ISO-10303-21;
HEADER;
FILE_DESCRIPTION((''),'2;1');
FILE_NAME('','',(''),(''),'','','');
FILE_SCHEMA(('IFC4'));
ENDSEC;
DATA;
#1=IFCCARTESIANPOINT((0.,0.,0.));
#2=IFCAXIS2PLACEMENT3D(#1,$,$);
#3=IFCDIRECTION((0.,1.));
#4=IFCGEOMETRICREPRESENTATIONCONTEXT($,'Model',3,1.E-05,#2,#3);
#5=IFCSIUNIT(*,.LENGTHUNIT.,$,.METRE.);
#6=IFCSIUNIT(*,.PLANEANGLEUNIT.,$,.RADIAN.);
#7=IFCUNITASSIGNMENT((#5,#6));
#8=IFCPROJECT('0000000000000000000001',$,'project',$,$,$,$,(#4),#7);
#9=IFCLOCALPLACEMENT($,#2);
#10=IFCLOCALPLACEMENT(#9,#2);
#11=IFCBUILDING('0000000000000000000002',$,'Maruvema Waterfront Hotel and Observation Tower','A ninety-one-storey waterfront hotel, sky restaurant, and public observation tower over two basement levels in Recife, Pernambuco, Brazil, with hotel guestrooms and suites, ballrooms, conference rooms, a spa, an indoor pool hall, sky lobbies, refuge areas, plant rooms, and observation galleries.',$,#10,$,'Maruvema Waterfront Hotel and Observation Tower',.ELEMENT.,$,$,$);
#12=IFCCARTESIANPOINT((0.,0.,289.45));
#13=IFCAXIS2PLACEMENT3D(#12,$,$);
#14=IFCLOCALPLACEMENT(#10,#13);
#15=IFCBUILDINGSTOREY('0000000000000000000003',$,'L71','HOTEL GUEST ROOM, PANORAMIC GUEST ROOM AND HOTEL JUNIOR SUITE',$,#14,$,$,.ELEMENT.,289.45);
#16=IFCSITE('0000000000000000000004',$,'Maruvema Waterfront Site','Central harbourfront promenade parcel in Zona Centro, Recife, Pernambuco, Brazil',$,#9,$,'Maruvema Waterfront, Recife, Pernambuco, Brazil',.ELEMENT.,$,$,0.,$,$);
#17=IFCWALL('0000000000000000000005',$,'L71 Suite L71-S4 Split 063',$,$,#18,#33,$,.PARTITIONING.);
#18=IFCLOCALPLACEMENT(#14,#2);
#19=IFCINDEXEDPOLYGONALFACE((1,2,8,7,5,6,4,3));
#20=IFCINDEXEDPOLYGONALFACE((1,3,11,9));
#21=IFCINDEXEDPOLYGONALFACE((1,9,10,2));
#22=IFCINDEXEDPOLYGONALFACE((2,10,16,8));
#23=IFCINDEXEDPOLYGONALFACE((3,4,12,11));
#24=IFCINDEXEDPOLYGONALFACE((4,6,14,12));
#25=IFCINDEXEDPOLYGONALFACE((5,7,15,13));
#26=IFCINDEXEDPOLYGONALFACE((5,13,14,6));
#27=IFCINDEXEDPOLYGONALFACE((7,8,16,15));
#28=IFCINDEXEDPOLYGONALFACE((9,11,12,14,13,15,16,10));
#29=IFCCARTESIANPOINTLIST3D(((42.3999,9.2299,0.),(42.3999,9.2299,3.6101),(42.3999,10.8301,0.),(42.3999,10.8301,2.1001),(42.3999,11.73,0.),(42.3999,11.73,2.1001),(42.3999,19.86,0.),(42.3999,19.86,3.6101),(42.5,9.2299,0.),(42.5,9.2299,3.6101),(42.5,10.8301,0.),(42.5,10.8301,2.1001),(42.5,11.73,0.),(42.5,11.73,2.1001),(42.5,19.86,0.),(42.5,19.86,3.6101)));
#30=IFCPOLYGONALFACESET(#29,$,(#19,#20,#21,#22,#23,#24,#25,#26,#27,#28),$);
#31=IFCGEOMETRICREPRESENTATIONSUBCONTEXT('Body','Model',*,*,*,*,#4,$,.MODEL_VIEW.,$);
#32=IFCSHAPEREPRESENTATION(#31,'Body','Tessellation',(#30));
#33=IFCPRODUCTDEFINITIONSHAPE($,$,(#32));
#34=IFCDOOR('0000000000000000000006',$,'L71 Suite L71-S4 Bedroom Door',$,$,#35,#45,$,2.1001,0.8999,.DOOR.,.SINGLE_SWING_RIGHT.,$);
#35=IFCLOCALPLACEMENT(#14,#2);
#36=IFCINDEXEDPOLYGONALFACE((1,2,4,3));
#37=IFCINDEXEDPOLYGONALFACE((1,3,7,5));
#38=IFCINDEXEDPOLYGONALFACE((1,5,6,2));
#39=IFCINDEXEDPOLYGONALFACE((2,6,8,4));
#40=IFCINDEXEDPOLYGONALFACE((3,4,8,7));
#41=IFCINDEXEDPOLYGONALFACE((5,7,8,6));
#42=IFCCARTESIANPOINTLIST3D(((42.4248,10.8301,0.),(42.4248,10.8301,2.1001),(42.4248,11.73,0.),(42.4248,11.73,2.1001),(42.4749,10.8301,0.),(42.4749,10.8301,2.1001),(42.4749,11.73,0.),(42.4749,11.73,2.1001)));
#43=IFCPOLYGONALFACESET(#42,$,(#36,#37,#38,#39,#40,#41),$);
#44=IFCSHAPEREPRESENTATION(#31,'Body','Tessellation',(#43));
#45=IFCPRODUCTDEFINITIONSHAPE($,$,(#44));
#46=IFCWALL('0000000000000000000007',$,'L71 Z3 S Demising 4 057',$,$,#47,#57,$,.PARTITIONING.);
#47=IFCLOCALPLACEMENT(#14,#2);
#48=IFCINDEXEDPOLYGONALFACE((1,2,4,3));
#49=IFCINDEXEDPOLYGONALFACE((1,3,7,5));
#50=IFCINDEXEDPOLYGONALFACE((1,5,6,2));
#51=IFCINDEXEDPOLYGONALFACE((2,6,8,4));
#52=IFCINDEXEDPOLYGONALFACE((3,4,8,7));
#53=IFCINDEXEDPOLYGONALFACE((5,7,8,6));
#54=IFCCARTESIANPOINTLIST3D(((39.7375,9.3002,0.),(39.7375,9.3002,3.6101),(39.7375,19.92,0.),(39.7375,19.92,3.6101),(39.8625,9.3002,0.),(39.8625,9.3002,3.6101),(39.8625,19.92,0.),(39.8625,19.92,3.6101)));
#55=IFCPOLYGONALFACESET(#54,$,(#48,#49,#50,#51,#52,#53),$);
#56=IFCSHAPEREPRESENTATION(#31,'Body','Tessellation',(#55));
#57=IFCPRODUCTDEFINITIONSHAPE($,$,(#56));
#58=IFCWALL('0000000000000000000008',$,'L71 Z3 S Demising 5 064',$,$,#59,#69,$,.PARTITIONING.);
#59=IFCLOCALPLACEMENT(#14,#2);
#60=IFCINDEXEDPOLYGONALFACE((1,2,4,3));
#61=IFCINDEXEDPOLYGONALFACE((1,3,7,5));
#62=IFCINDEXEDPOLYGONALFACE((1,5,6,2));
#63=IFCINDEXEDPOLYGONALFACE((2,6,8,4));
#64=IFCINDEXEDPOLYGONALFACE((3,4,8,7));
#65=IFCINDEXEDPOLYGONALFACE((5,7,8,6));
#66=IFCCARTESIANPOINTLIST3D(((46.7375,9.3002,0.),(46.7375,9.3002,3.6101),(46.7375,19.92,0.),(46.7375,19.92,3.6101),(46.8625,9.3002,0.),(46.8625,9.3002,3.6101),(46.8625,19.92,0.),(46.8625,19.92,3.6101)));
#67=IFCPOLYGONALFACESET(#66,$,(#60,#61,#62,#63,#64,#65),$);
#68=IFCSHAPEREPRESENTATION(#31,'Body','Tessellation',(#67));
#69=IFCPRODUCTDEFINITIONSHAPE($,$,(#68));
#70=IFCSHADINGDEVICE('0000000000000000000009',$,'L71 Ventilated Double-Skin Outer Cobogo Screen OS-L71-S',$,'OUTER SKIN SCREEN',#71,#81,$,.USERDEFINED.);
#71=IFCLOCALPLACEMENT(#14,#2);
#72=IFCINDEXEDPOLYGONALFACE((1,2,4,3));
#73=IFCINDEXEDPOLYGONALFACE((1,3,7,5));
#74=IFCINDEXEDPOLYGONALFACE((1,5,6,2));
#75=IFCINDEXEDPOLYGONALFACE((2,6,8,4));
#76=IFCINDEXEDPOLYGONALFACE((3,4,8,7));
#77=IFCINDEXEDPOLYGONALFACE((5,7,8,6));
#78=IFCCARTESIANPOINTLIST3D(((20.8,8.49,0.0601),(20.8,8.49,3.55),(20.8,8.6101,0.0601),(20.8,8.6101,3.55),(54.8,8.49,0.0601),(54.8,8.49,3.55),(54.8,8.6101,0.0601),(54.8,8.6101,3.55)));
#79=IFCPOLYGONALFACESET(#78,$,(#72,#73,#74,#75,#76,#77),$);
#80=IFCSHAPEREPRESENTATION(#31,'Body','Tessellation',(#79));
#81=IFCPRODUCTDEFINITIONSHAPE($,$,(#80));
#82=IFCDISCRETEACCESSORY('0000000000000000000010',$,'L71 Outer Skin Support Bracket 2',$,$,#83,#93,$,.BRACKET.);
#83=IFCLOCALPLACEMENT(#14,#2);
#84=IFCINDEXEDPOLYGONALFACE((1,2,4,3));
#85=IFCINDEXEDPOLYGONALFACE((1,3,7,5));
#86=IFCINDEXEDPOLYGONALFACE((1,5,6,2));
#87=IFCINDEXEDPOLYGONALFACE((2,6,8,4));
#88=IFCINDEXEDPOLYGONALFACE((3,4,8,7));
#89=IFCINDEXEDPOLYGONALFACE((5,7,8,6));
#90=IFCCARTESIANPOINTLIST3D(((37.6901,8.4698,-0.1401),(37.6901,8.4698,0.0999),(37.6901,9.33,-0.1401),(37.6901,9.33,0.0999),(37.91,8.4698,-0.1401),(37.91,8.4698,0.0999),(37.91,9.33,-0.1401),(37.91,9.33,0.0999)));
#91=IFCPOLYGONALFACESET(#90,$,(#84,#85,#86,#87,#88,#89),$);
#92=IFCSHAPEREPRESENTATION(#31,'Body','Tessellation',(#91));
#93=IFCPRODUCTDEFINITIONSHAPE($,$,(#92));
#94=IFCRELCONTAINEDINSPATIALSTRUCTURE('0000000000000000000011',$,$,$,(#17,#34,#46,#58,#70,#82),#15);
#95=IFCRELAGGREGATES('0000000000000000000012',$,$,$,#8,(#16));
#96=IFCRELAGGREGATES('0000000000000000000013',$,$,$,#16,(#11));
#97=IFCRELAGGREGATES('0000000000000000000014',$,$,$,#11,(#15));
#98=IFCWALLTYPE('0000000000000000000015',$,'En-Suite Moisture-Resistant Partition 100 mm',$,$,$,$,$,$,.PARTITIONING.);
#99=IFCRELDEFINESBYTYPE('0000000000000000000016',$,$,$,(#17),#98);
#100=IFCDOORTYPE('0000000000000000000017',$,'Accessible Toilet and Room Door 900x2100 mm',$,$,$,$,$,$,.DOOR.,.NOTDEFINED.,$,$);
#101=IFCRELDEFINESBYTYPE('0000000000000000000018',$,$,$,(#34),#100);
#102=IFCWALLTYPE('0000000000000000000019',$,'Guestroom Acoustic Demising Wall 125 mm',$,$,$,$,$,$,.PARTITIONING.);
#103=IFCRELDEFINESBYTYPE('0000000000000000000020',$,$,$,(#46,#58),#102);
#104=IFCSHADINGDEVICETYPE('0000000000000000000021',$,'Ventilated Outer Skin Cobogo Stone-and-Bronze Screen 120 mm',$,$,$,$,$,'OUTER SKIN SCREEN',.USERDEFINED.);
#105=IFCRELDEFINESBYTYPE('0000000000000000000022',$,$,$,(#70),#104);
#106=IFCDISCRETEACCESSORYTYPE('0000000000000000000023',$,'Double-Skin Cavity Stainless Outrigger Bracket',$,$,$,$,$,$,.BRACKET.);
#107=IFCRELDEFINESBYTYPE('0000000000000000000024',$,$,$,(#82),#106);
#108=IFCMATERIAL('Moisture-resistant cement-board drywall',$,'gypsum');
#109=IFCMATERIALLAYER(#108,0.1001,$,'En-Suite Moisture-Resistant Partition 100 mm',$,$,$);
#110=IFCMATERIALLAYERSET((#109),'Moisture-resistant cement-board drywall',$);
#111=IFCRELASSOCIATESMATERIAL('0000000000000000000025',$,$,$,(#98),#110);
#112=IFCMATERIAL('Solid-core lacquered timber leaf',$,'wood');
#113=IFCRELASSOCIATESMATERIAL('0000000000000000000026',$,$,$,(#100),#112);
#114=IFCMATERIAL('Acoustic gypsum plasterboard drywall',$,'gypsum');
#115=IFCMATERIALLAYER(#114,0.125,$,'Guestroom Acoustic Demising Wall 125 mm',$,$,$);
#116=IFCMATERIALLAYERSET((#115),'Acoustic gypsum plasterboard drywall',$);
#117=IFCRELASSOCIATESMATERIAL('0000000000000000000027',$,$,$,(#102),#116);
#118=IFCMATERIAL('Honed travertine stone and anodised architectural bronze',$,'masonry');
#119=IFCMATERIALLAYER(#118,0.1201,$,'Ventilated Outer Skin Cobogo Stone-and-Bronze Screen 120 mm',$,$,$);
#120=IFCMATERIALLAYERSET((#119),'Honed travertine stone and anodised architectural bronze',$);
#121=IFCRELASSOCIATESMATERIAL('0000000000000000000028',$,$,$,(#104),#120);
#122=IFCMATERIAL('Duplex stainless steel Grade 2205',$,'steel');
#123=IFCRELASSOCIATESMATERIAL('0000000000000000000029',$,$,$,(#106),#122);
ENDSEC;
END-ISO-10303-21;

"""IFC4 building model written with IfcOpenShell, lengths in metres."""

from ifc_helpers import new_model, si_unit, direction, frame, frame_2d, origin, origin_2d, place, context, subcontext, project, spatial, rectangle, extrude, material, layer, layer_set, type_object, element, fill, save


model = new_model("IFC4")

# Units and contexts
model_context = context("Model", 3, precision=1e-05, world=origin(), true_north=direction((0.0, 1.0)))
body_context = subcontext(model_context, "Body", "Model", "MODEL_VIEW")
ifc_project = project(units=[si_unit("LENGTHUNIT", "METRE"), si_unit("PLANEANGLEUNIT", "RADIAN")], contexts=[model_context])

# Site, building, storey
site_placement = place(None, origin())
site = spatial("IfcSite", under=ifc_project, at=site_placement, Name="Maruvema Waterfront Site", Description="Central harbourfront promenade parcel in Zona Centro, Recife, Pernambuco, Brazil", LongName="Maruvema Waterfront, Recife, Pernambuco, Brazil", CompositionType="ELEMENT", RefElevation=0.0)
building_placement = place(site_placement, origin())
building = spatial("IfcBuilding", under=site, at=building_placement, Name="Maruvema Waterfront Hotel and Observation Tower", Description="A ninety-one-storey waterfront hotel, sky restaurant, and public observation tower over two basement levels in Recife, Pernambuco, Brazil, with hotel guestrooms and suites, ballrooms, conference rooms, a spa, an indoor pool hall, sky lobbies, refuge areas, plant rooms, and observation galleries.", LongName="Maruvema Waterfront Hotel and Observation Tower", CompositionType="ELEMENT")
storey_placement = place(building_placement, frame((0.0, 0.0, 289.45)))
storey = spatial("IfcBuildingStorey", under=building, at=storey_placement, Name="L71", Description="HOTEL GUEST ROOM, PANORAMIC GUEST ROOM AND HOTEL JUNIOR SUITE", CompositionType="ELEMENT", Elevation=289.45)

# Shared definitions
ifc_material_1 = material(Name="Moisture-resistant cement-board drywall", Category="gypsum")
ifc_layer_1 = layer(ifc_material_1, 0.1001, Name="En-Suite Moisture-Resistant Partition 100 mm")
ifc_layer_set_1 = layer_set([ifc_layer_1], Name="Moisture-resistant cement-board drywall")
wall_type_1 = type_object("IfcWallType", Name="En-Suite Moisture-Resistant Partition 100 mm", PredefinedType="PARTITIONING", material=ifc_layer_set_1)

# Wall, opening, door
wall_1_placement = place(storey_placement, frame((42.45, 9.23, 0.0), z_axis=(0.0, 0.0, 1.0), x_axis=(0.0, 1.0, 0.0)))
wall_1 = element("IfcWall", 1, at=wall_1_placement, inside=storey, type_object=wall_type_1, Name="L71 Suite L71-S4 Split 063", PredefinedType="PARTITIONING", context=body_context, shape_type="SweptSolid", body=[
    extrude(rectangle(XDim=10.6301, YDim=0.1001, at=frame_2d((5.3149, 0.0))), origin(), (0.0, 0.0, 1.0), 3.6101),
])
opening_1_placement = place(wall_1_placement, frame((1.6001, 0.0, 0.0)))
opening_1 = element("IfcOpeningElement", 2, at=opening_1_placement, cuts=wall_1, PredefinedType="OPENING", context=body_context, shape_type="SweptSolid", body=[
    extrude(rectangle(XDim=0.8999, YDim=2.1001, at=frame_2d((0.45, 1.05))), frame((0.0, 0.0601, 0.0), z_axis=(0.0, -1.0, 0.0), x_axis=(1.0, 0.0, 0.0)), (0.0, 0.0, 1.0), 0.1201),
])
ifc_material_2 = material(Name="Solid-core lacquered timber leaf", Category="wood")
door_type_1 = type_object("IfcDoorType", Name="Accessible Toilet and Room Door 900x2100 mm", OperationType="NOTDEFINED", PredefinedType="DOOR", material=ifc_material_2)
door_1_placement = place(opening_1_placement, frame((0.8999, 0.0, 0.0), z_axis=(0.0, 0.0, 1.0), x_axis=(-1.0, 0.0, 0.0)))
door_1 = element("IfcDoor", 3, at=door_1_placement, inside=storey, type_object=door_type_1, Name="L71 Suite L71-S4 Bedroom Door", OperationType="SINGLE_SWING_RIGHT", OverallHeight=2.1001, OverallWidth=0.8999, PredefinedType="DOOR", context=body_context, shape_type="SweptSolid", body=[
    extrude(rectangle(XDim=0.8999, YDim=2.1001, at=frame_2d((0.45, 1.05))), frame((0.0, 0.0249, 0.0), z_axis=(0.0, -1.0, 0.0), x_axis=(1.0, 0.0, 0.0)), (0.0, 0.0, 1.0), 0.05),
])
fill(opening_1, door_1)

# Walls
ifc_material_3 = material(Name="Acoustic gypsum plasterboard drywall", Category="gypsum")
ifc_layer_2 = layer(ifc_material_3, 0.125, Name="Guestroom Acoustic Demising Wall 125 mm")
ifc_layer_set_2 = layer_set([ifc_layer_2], Name="Acoustic gypsum plasterboard drywall")
wall_type_2 = type_object("IfcWallType", Name="Guestroom Acoustic Demising Wall 125 mm", PredefinedType="PARTITIONING", material=ifc_layer_set_2)
for number, where, z_axis, x_axis, name in (
    (4, (39.8, 9.3, 0.0), (0.0, 0.0, 1.0), (0.0, 1.0, 0.0), "L71 Z3 S Demising 4 057"),
    (5, (46.8, 9.3, 0.0), (0.0, 0.0, 1.0), (0.0, 1.0, 0.0), "L71 Z3 S Demising 5 064"),
):
    element("IfcWall", number, at=place(storey_placement, frame(where, z_axis=z_axis, x_axis=x_axis)), inside=storey, type_object=wall_type_2, Name=name, PredefinedType="PARTITIONING", context=body_context, shape_type="SweptSolid", body=[
        extrude(rectangle(XDim=10.6199, YDim=0.125, at=frame_2d((5.3101, 0.0))), origin(), (0.0, 0.0, 1.0), 3.6101),
    ])

# Shading device
ifc_material_4 = material(Name="Honed travertine stone and anodised architectural bronze", Category="masonry")
ifc_layer_3 = layer(ifc_material_4, 0.1201, Name="Ventilated Outer Skin Cobogo Stone-and-Bronze Screen 120 mm")
ifc_layer_set_3 = layer_set([ifc_layer_3], Name="Honed travertine stone and anodised architectural bronze")
shading_device_type = type_object("IfcShadingDeviceType", Name="Ventilated Outer Skin Cobogo Stone-and-Bronze Screen 120 mm", ElementType="OUTER SKIN SCREEN", PredefinedType="USERDEFINED", material=ifc_layer_set_3)
shading_device_placement = place(storey_placement, frame((37.8, 8.55, 0.0601), z_axis=(0.0, 0.0, 1.0), x_axis=(1.0, 0.0, 0.0)))
element("IfcShadingDevice", 6, at=shading_device_placement, inside=storey, type_object=shading_device_type, Name="L71 Ventilated Double-Skin Outer Cobogo Screen OS-L71-S", ObjectType="OUTER SKIN SCREEN", PredefinedType="USERDEFINED", context=body_context, shape_type="SweptSolid", body=[
    extrude(rectangle(XDim=34.0, YDim=0.1201, at=origin_2d()), origin(), (0.0, 0.0, 1.0), 3.49),
])

# Discrete accessory
ifc_material_5 = material(Name="Duplex stainless steel Grade 2205", Category="steel")
discrete_accessory_type = type_object("IfcDiscreteAccessoryType", Name="Double-Skin Cavity Stainless Outrigger Bracket", PredefinedType="BRACKET", material=ifc_material_5)
discrete_accessory_placement = place(storey_placement, frame((37.8, 8.8999, -0.1401), z_axis=(0.0, 0.0, 1.0), x_axis=(1.0, 0.0, 0.0)))
element("IfcDiscreteAccessory", 7, at=discrete_accessory_placement, inside=storey, type_object=discrete_accessory_type, Name="L71 Outer Skin Support Bracket 2", PredefinedType="BRACKET", context=body_context, shape_type="SweptSolid", body=[
    extrude(rectangle(XDim=0.22, YDim=0.8601, at=origin_2d()), origin(), (0.0, 0.0, 1.0), 0.24),
])

save(model, "model.ifc")
